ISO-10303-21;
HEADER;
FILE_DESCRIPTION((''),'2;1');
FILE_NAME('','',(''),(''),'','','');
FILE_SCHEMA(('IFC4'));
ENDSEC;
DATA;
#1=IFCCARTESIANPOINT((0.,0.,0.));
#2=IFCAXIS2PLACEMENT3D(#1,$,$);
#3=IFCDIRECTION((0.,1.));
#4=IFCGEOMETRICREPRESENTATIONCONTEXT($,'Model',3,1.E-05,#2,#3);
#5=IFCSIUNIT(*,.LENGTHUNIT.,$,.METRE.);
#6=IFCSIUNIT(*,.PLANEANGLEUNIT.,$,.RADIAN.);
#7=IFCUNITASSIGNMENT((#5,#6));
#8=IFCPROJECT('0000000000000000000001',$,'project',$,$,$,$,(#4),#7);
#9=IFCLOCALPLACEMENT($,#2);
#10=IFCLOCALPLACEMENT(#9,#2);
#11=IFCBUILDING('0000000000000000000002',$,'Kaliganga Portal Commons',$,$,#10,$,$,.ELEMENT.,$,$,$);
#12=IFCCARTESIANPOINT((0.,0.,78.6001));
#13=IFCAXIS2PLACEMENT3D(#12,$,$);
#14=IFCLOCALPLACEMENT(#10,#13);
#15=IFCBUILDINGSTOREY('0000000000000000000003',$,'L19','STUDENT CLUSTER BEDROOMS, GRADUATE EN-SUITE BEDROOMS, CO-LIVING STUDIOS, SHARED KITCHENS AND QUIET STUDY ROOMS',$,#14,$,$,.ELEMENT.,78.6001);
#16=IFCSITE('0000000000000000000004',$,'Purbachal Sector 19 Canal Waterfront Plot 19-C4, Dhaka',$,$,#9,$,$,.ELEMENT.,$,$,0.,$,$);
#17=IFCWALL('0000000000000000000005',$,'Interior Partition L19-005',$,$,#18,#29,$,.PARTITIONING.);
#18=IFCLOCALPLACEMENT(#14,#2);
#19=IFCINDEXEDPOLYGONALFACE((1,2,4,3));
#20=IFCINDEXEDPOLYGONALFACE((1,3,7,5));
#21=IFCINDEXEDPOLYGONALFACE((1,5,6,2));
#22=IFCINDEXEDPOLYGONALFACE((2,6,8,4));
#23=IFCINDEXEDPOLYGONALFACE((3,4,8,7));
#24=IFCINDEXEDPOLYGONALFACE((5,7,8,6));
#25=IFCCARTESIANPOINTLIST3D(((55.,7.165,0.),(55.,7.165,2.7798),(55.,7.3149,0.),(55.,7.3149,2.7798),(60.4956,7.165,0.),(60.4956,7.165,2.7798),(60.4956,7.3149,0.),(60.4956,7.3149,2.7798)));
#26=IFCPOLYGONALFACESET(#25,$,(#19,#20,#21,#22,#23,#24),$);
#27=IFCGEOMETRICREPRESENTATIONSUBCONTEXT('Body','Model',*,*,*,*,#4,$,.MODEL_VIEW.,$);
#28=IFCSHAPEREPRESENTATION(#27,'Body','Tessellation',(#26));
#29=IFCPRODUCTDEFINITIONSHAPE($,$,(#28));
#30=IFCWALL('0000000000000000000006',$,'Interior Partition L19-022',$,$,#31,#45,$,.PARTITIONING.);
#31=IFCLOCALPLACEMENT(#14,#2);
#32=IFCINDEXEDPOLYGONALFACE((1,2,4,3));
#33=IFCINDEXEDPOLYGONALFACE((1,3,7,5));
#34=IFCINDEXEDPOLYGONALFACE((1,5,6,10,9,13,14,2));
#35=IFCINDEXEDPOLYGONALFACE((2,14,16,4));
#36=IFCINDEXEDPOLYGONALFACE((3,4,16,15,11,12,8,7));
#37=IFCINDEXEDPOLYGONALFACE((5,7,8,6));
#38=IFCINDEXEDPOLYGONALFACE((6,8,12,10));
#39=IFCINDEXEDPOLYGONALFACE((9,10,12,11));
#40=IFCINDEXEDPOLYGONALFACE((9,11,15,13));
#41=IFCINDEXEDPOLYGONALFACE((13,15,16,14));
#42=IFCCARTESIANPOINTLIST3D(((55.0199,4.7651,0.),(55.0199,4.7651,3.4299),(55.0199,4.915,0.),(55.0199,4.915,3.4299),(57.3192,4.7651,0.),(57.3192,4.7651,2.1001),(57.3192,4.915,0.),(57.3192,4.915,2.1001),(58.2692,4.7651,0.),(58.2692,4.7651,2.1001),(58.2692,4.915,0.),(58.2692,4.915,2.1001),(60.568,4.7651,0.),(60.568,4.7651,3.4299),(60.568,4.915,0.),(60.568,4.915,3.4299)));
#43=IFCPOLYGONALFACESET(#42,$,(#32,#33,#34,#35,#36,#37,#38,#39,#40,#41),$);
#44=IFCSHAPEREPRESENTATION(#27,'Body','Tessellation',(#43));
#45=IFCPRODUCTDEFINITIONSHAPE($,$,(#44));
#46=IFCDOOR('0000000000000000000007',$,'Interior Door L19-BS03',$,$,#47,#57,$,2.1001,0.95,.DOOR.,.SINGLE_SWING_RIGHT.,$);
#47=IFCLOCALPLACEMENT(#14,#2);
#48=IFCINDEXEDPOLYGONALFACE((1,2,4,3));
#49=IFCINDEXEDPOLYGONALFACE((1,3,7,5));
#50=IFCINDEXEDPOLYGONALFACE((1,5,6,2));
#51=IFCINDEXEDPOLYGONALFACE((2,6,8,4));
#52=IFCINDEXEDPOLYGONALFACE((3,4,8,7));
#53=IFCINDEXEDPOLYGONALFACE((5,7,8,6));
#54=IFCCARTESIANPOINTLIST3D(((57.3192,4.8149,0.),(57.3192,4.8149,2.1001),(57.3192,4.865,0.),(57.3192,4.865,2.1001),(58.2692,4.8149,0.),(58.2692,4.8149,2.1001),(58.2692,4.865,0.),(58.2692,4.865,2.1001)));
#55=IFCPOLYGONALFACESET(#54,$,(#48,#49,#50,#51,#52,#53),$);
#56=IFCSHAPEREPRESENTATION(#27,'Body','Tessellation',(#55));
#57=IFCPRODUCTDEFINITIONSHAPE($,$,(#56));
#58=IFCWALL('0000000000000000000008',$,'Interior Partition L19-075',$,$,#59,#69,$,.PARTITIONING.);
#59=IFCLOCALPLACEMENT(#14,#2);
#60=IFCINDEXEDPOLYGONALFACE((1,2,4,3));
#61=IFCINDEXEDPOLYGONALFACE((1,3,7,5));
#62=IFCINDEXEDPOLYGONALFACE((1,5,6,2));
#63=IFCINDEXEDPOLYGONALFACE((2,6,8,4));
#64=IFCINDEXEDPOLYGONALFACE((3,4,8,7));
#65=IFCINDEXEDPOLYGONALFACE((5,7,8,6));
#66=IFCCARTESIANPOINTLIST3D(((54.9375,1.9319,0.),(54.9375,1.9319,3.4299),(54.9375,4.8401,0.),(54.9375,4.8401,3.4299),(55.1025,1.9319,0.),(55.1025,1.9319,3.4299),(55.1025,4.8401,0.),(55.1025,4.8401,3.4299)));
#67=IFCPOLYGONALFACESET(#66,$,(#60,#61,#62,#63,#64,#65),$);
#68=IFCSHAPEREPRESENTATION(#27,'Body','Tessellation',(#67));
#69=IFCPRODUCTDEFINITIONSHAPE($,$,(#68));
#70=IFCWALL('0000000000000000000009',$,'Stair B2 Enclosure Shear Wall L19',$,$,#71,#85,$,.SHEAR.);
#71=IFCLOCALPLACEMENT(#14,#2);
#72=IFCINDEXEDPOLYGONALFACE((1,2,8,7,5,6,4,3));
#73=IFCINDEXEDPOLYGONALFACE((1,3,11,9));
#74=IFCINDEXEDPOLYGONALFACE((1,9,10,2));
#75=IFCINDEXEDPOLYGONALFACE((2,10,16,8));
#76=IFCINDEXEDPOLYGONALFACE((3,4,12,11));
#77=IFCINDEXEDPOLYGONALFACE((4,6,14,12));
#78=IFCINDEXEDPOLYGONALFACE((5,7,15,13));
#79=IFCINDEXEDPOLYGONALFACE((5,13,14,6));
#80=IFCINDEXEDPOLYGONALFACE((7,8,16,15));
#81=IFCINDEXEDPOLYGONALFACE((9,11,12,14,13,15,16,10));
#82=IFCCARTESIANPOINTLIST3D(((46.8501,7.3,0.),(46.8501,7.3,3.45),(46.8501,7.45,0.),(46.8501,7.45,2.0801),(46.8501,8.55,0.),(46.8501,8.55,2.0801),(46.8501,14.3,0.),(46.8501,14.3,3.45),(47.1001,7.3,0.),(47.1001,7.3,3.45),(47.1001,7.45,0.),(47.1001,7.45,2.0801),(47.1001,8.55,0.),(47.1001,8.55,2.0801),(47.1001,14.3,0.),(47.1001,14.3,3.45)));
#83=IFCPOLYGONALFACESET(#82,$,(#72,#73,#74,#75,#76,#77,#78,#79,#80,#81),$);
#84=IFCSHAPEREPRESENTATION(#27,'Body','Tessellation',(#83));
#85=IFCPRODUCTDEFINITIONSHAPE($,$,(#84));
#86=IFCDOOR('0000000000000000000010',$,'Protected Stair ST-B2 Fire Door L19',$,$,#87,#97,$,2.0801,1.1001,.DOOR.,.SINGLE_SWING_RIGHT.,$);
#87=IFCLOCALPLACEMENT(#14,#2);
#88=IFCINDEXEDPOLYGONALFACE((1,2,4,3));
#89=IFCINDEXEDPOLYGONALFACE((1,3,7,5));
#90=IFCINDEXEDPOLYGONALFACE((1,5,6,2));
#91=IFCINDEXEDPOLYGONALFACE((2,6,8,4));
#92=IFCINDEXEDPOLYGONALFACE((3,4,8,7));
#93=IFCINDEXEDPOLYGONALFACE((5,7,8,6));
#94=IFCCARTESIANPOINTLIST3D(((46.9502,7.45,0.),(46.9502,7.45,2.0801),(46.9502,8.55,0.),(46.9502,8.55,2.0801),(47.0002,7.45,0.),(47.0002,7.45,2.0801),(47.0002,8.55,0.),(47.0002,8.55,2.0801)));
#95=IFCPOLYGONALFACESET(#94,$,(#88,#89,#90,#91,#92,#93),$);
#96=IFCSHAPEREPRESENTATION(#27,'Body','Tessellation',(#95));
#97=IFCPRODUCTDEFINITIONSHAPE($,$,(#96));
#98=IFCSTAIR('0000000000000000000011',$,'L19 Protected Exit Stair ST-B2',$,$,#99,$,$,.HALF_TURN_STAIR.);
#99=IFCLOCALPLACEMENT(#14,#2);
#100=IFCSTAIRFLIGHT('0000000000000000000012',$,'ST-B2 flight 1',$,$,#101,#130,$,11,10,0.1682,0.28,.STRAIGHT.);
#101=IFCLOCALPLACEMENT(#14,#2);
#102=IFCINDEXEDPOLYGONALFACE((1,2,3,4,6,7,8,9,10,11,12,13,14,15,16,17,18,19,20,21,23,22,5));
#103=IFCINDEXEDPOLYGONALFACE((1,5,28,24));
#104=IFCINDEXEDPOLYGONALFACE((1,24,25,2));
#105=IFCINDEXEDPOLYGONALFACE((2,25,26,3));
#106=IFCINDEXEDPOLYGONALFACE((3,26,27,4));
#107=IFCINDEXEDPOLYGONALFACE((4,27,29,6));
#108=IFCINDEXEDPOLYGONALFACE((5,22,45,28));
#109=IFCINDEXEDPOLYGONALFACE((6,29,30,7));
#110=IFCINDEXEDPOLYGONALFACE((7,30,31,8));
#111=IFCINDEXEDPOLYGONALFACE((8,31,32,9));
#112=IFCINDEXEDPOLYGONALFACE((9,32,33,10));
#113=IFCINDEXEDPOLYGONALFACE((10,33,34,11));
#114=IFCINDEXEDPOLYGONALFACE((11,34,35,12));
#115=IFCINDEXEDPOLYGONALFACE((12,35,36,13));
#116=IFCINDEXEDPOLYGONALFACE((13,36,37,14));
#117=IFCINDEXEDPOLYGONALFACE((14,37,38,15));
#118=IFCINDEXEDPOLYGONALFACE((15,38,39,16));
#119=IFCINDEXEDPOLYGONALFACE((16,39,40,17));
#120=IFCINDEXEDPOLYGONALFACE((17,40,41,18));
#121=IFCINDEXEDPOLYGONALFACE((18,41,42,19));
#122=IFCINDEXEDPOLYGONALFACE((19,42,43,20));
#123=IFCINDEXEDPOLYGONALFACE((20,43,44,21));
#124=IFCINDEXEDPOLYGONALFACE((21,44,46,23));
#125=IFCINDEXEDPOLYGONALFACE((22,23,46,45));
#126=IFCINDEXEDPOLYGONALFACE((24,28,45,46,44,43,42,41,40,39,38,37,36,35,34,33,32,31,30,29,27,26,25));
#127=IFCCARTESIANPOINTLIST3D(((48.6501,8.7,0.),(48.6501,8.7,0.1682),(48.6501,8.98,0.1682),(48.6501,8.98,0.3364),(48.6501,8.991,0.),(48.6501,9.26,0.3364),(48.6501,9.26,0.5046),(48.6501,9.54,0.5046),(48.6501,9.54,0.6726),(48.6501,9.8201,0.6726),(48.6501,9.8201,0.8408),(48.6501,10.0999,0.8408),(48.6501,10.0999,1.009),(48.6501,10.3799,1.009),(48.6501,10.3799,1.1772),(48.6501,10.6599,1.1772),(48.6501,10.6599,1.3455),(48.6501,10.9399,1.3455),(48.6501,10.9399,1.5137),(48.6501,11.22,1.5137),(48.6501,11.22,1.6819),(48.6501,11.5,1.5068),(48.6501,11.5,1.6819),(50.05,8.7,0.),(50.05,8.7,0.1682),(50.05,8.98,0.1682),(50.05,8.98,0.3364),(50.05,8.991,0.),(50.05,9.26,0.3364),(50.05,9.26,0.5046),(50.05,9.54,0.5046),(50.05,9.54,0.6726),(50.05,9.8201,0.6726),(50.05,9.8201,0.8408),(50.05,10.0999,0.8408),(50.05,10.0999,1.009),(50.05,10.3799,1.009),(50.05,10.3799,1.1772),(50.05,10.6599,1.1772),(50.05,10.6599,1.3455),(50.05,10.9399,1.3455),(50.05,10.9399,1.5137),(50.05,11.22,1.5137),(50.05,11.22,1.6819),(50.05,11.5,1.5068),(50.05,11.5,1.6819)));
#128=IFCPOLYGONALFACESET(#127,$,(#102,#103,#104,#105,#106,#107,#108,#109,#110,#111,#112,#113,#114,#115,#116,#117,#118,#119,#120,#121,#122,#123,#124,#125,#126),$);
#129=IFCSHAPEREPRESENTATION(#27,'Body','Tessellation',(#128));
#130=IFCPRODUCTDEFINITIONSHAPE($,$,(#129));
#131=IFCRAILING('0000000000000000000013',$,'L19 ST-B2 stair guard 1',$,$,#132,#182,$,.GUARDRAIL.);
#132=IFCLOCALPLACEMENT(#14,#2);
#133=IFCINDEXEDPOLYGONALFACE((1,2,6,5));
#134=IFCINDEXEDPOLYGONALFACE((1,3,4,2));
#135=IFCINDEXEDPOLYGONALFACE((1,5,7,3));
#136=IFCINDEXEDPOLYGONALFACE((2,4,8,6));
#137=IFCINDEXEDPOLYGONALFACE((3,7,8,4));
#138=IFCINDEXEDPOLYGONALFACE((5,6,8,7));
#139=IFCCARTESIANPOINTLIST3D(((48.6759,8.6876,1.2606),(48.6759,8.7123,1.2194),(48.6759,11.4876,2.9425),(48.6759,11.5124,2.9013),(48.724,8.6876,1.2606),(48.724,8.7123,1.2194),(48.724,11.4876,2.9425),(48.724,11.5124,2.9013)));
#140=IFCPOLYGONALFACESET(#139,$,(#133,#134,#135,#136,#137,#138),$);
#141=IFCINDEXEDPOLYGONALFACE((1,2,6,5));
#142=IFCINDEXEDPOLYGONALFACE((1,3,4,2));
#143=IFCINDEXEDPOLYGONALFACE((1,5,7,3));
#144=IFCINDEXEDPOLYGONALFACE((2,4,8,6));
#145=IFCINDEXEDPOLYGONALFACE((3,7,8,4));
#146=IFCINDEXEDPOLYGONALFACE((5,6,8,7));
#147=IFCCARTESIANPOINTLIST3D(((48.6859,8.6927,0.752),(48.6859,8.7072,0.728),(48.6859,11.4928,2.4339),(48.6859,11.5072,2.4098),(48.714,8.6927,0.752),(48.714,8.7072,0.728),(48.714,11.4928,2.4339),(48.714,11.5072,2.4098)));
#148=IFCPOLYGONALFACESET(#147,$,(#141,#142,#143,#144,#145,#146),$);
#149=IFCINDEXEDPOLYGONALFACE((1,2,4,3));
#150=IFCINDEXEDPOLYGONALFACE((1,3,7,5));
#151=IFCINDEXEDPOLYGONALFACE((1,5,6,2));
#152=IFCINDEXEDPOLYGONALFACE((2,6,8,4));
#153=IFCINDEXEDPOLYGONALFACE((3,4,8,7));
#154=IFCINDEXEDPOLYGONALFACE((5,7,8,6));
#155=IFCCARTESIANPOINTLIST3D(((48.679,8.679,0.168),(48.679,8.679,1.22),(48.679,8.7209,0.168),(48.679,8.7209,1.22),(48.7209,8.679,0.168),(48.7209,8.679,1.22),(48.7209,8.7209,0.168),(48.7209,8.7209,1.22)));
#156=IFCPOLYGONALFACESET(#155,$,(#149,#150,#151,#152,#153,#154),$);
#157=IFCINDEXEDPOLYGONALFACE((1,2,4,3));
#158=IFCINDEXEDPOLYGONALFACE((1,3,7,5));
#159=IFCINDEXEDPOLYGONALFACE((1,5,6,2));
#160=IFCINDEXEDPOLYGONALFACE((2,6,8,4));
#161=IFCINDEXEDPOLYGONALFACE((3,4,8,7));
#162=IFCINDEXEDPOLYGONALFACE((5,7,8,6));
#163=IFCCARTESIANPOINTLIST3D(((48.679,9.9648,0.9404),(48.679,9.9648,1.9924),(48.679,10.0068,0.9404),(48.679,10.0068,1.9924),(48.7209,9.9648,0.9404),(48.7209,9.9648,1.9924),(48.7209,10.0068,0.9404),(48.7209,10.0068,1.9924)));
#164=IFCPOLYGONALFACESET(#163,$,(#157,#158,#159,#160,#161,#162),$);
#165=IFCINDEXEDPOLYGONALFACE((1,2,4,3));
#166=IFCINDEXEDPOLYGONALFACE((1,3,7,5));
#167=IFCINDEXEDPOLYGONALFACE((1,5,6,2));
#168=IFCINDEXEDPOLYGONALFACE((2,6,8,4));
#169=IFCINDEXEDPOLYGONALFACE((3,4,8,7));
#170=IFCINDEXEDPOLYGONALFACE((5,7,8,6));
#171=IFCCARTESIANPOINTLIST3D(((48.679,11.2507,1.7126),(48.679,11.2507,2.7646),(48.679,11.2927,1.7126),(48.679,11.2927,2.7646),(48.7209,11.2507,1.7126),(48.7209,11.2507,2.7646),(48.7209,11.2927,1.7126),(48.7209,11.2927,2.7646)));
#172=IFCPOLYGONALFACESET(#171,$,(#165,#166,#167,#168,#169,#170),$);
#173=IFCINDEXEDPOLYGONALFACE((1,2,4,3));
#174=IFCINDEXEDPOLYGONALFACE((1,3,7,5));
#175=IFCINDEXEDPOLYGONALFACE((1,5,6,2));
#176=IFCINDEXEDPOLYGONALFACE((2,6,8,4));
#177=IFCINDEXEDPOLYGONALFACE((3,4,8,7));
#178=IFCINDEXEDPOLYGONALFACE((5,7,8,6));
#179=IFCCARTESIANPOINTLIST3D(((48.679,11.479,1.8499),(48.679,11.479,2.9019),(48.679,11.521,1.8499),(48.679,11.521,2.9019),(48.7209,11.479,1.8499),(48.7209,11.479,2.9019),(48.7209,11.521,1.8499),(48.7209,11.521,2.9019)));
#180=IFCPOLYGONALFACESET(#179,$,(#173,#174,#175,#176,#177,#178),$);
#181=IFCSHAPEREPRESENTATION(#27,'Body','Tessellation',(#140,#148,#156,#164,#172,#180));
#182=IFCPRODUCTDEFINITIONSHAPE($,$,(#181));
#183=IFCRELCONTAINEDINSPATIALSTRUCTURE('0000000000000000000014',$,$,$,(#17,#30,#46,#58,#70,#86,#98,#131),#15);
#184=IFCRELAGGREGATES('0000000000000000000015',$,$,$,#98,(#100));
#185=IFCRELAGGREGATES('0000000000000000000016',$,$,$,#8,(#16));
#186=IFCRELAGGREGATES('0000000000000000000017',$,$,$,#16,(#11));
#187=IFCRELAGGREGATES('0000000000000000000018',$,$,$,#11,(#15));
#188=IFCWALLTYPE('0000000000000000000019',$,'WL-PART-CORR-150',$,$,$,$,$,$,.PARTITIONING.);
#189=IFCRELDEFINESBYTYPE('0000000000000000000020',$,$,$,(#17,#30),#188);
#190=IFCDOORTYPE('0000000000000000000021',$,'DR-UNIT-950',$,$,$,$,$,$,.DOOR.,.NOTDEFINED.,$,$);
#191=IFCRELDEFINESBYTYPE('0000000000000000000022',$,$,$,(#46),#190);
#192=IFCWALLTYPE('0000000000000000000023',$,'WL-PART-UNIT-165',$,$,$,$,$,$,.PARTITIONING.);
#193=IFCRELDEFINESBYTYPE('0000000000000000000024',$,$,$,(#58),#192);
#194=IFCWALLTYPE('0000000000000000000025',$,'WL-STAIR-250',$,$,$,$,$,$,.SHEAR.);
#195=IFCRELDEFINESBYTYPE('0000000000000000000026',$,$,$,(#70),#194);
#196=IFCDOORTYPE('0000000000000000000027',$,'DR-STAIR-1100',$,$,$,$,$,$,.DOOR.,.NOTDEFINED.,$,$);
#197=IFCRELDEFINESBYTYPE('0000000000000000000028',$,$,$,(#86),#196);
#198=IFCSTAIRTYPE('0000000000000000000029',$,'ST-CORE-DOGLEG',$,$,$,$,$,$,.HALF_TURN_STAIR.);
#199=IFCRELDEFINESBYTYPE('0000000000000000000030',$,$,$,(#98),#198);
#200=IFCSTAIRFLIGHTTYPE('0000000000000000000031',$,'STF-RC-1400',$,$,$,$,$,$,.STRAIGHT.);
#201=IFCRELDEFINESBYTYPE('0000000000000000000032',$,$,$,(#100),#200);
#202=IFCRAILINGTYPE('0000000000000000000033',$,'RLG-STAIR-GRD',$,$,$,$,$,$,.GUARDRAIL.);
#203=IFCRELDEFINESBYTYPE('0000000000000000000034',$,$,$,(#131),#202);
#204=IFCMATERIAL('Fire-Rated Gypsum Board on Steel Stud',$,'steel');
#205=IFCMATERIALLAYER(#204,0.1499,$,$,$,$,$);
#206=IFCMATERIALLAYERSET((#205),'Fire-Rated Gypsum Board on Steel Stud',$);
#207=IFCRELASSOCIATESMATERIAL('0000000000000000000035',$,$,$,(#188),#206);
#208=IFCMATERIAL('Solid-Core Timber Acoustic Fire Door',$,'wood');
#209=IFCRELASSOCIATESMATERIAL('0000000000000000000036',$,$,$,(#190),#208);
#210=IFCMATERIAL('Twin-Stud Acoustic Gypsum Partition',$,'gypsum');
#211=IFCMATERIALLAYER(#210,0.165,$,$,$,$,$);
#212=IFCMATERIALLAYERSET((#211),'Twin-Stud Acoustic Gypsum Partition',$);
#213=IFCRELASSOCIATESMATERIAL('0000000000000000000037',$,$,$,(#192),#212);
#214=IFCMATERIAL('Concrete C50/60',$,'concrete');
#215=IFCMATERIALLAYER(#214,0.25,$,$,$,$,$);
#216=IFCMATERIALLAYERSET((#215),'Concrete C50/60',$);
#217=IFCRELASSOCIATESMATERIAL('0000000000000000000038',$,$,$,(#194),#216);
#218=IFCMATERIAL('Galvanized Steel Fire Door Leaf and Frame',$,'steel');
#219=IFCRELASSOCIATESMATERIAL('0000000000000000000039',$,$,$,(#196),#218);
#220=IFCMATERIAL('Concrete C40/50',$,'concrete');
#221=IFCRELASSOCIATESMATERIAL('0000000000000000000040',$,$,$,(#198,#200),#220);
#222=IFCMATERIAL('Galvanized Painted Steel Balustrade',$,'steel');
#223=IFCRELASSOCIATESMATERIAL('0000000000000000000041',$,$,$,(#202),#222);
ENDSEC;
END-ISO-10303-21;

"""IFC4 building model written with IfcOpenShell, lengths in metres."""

from ifc_helpers import new_model, si_unit, direction, frame, frame_2d, origin, origin_2d, place, context, subcontext, project, spatial, polyline, rectangle, outline, extrude, material, layer, layer_set, type_object, element, fill, aggregate, save


model = new_model("IFC4")

# Units and contexts
model_context = context("Model", 3, precision=1e-05, world=origin(), true_north=direction((0.0, 1.0)))
body_context = subcontext(model_context, "Body", "Model", "MODEL_VIEW")
ifc_project = project(units=[si_unit("LENGTHUNIT", "METRE"), si_unit("PLANEANGLEUNIT", "RADIAN")], contexts=[model_context])

# Site, building, storey
site_placement = place(None, origin())
site = spatial("IfcSite", under=ifc_project, at=site_placement, Name="Purbachal Sector 19 Canal Waterfront Plot 19-C4, Dhaka", CompositionType="ELEMENT", RefElevation=0.0)
building_placement = place(site_placement, origin())
building = spatial("IfcBuilding", under=site, at=building_placement, Name="Kaliganga Portal Commons", CompositionType="ELEMENT")
storey_placement = place(building_placement, frame((0.0, 0.0, 78.6001)))
storey = spatial("IfcBuildingStorey", under=building, at=storey_placement, Name="L19", Description="STUDENT CLUSTER BEDROOMS, GRADUATE EN-SUITE BEDROOMS, CO-LIVING STUDIOS, SHARED KITCHENS AND QUIET STUDY ROOMS", CompositionType="ELEMENT", Elevation=78.6001)

# Shared definitions
ifc_material_1 = material(Name="Fire-Rated Gypsum Board on Steel Stud", Category="steel")
ifc_layer_1 = layer(ifc_material_1, 0.1499)
ifc_layer_set_1 = layer_set([ifc_layer_1], Name="Fire-Rated Gypsum Board on Steel Stud")
wall_type_1 = type_object("IfcWallType", Name="WL-PART-CORR-150", PredefinedType="PARTITIONING", material=ifc_layer_set_1)
ifc_material_2 = material(Name="Solid-Core Timber Acoustic Fire Door", Category="wood")
door_type_1 = type_object("IfcDoorType", Name="DR-UNIT-950", OperationType="NOTDEFINED", PredefinedType="DOOR", material=ifc_material_2)

# Wall
wall_1_placement = place(storey_placement, frame((55.0, 7.24, 0.0), z_axis=(0.0, 0.0, 1.0), x_axis=(1.0, 0.0, 0.0)))
element("IfcWall", 1, at=wall_1_placement, inside=storey, type_object=wall_type_1, Name="Interior Partition L19-005", PredefinedType="PARTITIONING", context=body_context, shape_type="SweptSolid", body=[
    extrude(rectangle(XDim=5.4956, YDim=0.1499, at=frame_2d((2.7478, 0.0))), origin(), (0.0, 0.0, 1.0), 2.7798),
])

# Wall, opening, door
wall_2_placement = place(storey_placement, frame((55.02, 4.8401, 0.0), z_axis=(0.0, 0.0, 1.0), x_axis=(1.0, 0.0, 0.0)))
wall_2 = element("IfcWall", 2, at=wall_2_placement, inside=storey, type_object=wall_type_1, Name="Interior Partition L19-022", PredefinedType="PARTITIONING", context=body_context, shape_type="SweptSolid", body=[
    extrude(rectangle(XDim=5.5481, YDim=0.1499, at=frame_2d((2.7739, 0.0))), origin(), (0.0, 0.0, 1.0), 3.4299),
])
opening_1_placement = place(wall_2_placement, frame((2.2991, 0.0, 0.0)))
opening_1 = element("IfcOpeningElement", 3, at=opening_1_placement, cuts=wall_2, PredefinedType="OPENING", context=body_context, shape_type="SweptSolid", body=[
    extrude(rectangle(XDim=0.95, YDim=2.1001, at=frame_2d((0.4751, 1.05))), frame((0.0, 0.085, 0.0), z_axis=(0.0, -1.0, 0.0), x_axis=(1.0, 0.0, 0.0)), (0.0, 0.0, 1.0), 0.1699),
])
door_1_placement = place(opening_1_placement, origin())
door_1 = element("IfcDoor", 4, at=door_1_placement, inside=storey, type_object=door_type_1, Name="Interior Door L19-BS03", OperationType="SINGLE_SWING_RIGHT", OverallHeight=2.1001, OverallWidth=0.95, PredefinedType="DOOR", context=body_context, shape_type="SweptSolid", body=[
    extrude(rectangle(XDim=0.95, YDim=2.1001, at=frame_2d((0.4751, 1.05))), frame((0.0, 0.0249, 0.0), z_axis=(0.0, -1.0, 0.0), x_axis=(1.0, 0.0, 0.0)), (0.0, 0.0, 1.0), 0.05),
])
fill(opening_1, door_1)

# Wall
ifc_material_3 = material(Name="Twin-Stud Acoustic Gypsum Partition", Category="gypsum")
ifc_layer_2 = layer(ifc_material_3, 0.165)
ifc_layer_set_2 = layer_set([ifc_layer_2], Name="Twin-Stud Acoustic Gypsum Partition")
wall_type_2 = type_object("IfcWallType", Name="WL-PART-UNIT-165", PredefinedType="PARTITIONING", material=ifc_layer_set_2)
wall_3_placement = place(storey_placement, frame((55.02, 1.9319, 0.0), z_axis=(0.0, 0.0, 1.0), x_axis=(0.0, 1.0, 0.0)))
element("IfcWall", 5, at=wall_3_placement, inside=storey, type_object=wall_type_2, Name="Interior Partition L19-075", PredefinedType="PARTITIONING", context=body_context, shape_type="SweptSolid", body=[
    extrude(rectangle(XDim=2.9082, YDim=0.165, at=frame_2d((1.4541, 0.0))), origin(), (0.0, 0.0, 1.0), 3.4299),
])

# Wall, opening, door
ifc_material_4 = material(Name="Concrete C50/60", Category="concrete")
ifc_layer_3 = layer(ifc_material_4, 0.25)
ifc_layer_set_3 = layer_set([ifc_layer_3], Name="Concrete C50/60")
wall_type_3 = type_object("IfcWallType", Name="WL-STAIR-250", PredefinedType="SHEAR", material=ifc_layer_set_3)
wall_4_placement = place(storey_placement, frame((46.9751, 7.3, 0.0), z_axis=(0.0, 0.0, 1.0), x_axis=(0.0, 1.0, 0.0)))
wall_4 = element("IfcWall", 6, at=wall_4_placement, inside=storey, type_object=wall_type_3, Name="Stair B2 Enclosure Shear Wall L19", PredefinedType="SHEAR", context=body_context, shape_type="SweptSolid", body=[
    extrude(rectangle(XDim=7.0, YDim=0.25, at=frame_2d((3.5, 0.0))), origin(), (0.0, 0.0, 1.0), 3.45),
])
opening_2_placement = place(wall_4_placement, frame((0.1499, 0.0, 0.0)))
opening_2 = element("IfcOpeningElement", 7, at=opening_2_placement, cuts=wall_4, PredefinedType="OPENING", context=body_context, shape_type="SweptSolid", body=[
    extrude(rectangle(XDim=1.1001, YDim=2.0801, at=frame_2d((0.55, 1.04))), frame((0.0, 0.135, 0.0), z_axis=(0.0, -1.0, 0.0), x_axis=(1.0, 0.0, 0.0)), (0.0, 0.0, 1.0), 0.27),
])
ifc_material_5 = material(Name="Galvanized Steel Fire Door Leaf and Frame", Category="steel")
door_type_2 = type_object("IfcDoorType", Name="DR-STAIR-1100", OperationType="NOTDEFINED", PredefinedType="DOOR", material=ifc_material_5)
door_2_placement = place(opening_2_placement, origin())
door_2 = element("IfcDoor", 8, at=door_2_placement, inside=storey, type_object=door_type_2, Name="Protected Stair ST-B2 Fire Door L19", OperationType="SINGLE_SWING_RIGHT", OverallHeight=2.0801, OverallWidth=1.1001, PredefinedType="DOOR", context=body_context, shape_type="SweptSolid", body=[
    extrude(rectangle(XDim=1.1001, YDim=2.0801, at=frame_2d((0.55, 1.04))), frame((0.0, 0.0249, 0.0), z_axis=(0.0, -1.0, 0.0), x_axis=(1.0, 0.0, 0.0)), (0.0, 0.0, 1.0), 0.05),
])
fill(opening_2, door_2)

# Stair, stair flight
ifc_material_6 = material(Name="Concrete C40/50", Category="concrete")
stair_type = type_object("IfcStairType", Name="ST-CORE-DOGLEG", PredefinedType="HALF_TURN_STAIR", material=ifc_material_6)
stair_placement = place(storey_placement, origin())
stair = element("IfcStair", 9, at=stair_placement, inside=storey, type_object=stair_type, Name="L19 Protected Exit Stair ST-B2", PredefinedType="HALF_TURN_STAIR")
stair_flight_type = type_object("IfcStairFlightType", Name="STF-RC-1400", PredefinedType="STRAIGHT", material=ifc_material_6)
stair_flight_placement = place(storey_placement, frame((49.3501, 8.7, 0.0), z_axis=(0.0, 0.0, 1.0), x_axis=(0.0, 1.0, 0.0)))
stair_flight = element("IfcStairFlight", 10, at=stair_flight_placement, type_object=stair_flight_type, Name="ST-B2 flight 1", NumberOfRisers=11, NumberOfTreads=10, PredefinedType="STRAIGHT", RiserHeight=0.1682, TreadLength=0.28, context=body_context, shape_type="SweptSolid", body=[
    extrude(outline(polyline([(0.0, 0.0), (0.0, 0.1682), (0.28, 0.1682), (0.28, 0.3364), (0.5601, 0.3364), (0.5601, 0.5046), (0.8401, 0.5046), (0.8401, 0.6726), (1.1201, 0.6726), (1.1201, 0.8408), (1.3999, 0.8408), (1.3999, 1.009), (1.6799, 1.009), (1.6799, 1.1772), (1.96, 1.1772), (1.96, 1.3455), (2.24, 1.3455), (2.24, 1.5137), (2.52, 1.5137), (2.52, 1.6819), (2.8, 1.6819), (2.8, 1.8501), (2.8, 1.5068), (0.291, 0.0), (0.0, 0.0)])), frame((0.0, 0.7, 0.0), z_axis=(0.0, -1.0, 0.0), x_axis=(1.0, 0.0, 0.0)), (0.0, 0.0, 1.0), 1.3999),
])
aggregate(stair, [stair_flight])

# Railing
ifc_material_7 = material(Name="Galvanized Painted Steel Balustrade", Category="steel")
railing_type_1 = type_object("IfcRailingType", Name="RLG-STAIR-GRD", PredefinedType="GUARDRAIL", material=ifc_material_7)
railing_1_placement = place(storey_placement, frame((48.7, 8.7, 0.168)))
element("IfcRailing", 11, at=railing_1_placement, inside=storey, type_object=railing_type_1, Name="L19 ST-B2 stair guard 1", PredefinedType="GUARDRAIL", context=body_context, shape_type="SweptSolid", body=[
    extrude(rectangle(XDim=0.0481, YDim=0.0481, at=origin_2d()), frame((0.0, 0.0, 1.072), z_axis=(0.0, 0.857242, 0.514913), x_axis=(-1.0, 0.0, 0.0)), (0.0, 0.0, 1.0), 3.2664),
    extrude(rectangle(XDim=0.0281, YDim=0.0281, at=origin_2d()), frame((0.0, 0.0, 0.572), z_axis=(0.0, 0.857242, 0.514913), x_axis=(-1.0, 0.0, 0.0)), (0.0, 0.0, 1.0), 3.2664),
    extrude(rectangle(XDim=0.042, YDim=0.042, at=origin_2d()), origin(), (0.0, 0.0, 1.0), 1.052),
    extrude(rectangle(XDim=0.042, YDim=0.042, at=origin_2d()), frame((0.0, 1.2859, 0.7725)), (0.0, 0.0, 1.0), 1.052),
    extrude(rectangle(XDim=0.042, YDim=0.042, at=origin_2d()), frame((0.0, 2.5718, 1.5447)), (0.0, 0.0, 1.0), 1.052),
    extrude(rectangle(XDim=0.042, YDim=0.042, at=origin_2d()), frame((0.0, 2.8, 1.6819)), (0.0, 0.0, 1.0), 1.052),
])

save(model, "model.ifc")
